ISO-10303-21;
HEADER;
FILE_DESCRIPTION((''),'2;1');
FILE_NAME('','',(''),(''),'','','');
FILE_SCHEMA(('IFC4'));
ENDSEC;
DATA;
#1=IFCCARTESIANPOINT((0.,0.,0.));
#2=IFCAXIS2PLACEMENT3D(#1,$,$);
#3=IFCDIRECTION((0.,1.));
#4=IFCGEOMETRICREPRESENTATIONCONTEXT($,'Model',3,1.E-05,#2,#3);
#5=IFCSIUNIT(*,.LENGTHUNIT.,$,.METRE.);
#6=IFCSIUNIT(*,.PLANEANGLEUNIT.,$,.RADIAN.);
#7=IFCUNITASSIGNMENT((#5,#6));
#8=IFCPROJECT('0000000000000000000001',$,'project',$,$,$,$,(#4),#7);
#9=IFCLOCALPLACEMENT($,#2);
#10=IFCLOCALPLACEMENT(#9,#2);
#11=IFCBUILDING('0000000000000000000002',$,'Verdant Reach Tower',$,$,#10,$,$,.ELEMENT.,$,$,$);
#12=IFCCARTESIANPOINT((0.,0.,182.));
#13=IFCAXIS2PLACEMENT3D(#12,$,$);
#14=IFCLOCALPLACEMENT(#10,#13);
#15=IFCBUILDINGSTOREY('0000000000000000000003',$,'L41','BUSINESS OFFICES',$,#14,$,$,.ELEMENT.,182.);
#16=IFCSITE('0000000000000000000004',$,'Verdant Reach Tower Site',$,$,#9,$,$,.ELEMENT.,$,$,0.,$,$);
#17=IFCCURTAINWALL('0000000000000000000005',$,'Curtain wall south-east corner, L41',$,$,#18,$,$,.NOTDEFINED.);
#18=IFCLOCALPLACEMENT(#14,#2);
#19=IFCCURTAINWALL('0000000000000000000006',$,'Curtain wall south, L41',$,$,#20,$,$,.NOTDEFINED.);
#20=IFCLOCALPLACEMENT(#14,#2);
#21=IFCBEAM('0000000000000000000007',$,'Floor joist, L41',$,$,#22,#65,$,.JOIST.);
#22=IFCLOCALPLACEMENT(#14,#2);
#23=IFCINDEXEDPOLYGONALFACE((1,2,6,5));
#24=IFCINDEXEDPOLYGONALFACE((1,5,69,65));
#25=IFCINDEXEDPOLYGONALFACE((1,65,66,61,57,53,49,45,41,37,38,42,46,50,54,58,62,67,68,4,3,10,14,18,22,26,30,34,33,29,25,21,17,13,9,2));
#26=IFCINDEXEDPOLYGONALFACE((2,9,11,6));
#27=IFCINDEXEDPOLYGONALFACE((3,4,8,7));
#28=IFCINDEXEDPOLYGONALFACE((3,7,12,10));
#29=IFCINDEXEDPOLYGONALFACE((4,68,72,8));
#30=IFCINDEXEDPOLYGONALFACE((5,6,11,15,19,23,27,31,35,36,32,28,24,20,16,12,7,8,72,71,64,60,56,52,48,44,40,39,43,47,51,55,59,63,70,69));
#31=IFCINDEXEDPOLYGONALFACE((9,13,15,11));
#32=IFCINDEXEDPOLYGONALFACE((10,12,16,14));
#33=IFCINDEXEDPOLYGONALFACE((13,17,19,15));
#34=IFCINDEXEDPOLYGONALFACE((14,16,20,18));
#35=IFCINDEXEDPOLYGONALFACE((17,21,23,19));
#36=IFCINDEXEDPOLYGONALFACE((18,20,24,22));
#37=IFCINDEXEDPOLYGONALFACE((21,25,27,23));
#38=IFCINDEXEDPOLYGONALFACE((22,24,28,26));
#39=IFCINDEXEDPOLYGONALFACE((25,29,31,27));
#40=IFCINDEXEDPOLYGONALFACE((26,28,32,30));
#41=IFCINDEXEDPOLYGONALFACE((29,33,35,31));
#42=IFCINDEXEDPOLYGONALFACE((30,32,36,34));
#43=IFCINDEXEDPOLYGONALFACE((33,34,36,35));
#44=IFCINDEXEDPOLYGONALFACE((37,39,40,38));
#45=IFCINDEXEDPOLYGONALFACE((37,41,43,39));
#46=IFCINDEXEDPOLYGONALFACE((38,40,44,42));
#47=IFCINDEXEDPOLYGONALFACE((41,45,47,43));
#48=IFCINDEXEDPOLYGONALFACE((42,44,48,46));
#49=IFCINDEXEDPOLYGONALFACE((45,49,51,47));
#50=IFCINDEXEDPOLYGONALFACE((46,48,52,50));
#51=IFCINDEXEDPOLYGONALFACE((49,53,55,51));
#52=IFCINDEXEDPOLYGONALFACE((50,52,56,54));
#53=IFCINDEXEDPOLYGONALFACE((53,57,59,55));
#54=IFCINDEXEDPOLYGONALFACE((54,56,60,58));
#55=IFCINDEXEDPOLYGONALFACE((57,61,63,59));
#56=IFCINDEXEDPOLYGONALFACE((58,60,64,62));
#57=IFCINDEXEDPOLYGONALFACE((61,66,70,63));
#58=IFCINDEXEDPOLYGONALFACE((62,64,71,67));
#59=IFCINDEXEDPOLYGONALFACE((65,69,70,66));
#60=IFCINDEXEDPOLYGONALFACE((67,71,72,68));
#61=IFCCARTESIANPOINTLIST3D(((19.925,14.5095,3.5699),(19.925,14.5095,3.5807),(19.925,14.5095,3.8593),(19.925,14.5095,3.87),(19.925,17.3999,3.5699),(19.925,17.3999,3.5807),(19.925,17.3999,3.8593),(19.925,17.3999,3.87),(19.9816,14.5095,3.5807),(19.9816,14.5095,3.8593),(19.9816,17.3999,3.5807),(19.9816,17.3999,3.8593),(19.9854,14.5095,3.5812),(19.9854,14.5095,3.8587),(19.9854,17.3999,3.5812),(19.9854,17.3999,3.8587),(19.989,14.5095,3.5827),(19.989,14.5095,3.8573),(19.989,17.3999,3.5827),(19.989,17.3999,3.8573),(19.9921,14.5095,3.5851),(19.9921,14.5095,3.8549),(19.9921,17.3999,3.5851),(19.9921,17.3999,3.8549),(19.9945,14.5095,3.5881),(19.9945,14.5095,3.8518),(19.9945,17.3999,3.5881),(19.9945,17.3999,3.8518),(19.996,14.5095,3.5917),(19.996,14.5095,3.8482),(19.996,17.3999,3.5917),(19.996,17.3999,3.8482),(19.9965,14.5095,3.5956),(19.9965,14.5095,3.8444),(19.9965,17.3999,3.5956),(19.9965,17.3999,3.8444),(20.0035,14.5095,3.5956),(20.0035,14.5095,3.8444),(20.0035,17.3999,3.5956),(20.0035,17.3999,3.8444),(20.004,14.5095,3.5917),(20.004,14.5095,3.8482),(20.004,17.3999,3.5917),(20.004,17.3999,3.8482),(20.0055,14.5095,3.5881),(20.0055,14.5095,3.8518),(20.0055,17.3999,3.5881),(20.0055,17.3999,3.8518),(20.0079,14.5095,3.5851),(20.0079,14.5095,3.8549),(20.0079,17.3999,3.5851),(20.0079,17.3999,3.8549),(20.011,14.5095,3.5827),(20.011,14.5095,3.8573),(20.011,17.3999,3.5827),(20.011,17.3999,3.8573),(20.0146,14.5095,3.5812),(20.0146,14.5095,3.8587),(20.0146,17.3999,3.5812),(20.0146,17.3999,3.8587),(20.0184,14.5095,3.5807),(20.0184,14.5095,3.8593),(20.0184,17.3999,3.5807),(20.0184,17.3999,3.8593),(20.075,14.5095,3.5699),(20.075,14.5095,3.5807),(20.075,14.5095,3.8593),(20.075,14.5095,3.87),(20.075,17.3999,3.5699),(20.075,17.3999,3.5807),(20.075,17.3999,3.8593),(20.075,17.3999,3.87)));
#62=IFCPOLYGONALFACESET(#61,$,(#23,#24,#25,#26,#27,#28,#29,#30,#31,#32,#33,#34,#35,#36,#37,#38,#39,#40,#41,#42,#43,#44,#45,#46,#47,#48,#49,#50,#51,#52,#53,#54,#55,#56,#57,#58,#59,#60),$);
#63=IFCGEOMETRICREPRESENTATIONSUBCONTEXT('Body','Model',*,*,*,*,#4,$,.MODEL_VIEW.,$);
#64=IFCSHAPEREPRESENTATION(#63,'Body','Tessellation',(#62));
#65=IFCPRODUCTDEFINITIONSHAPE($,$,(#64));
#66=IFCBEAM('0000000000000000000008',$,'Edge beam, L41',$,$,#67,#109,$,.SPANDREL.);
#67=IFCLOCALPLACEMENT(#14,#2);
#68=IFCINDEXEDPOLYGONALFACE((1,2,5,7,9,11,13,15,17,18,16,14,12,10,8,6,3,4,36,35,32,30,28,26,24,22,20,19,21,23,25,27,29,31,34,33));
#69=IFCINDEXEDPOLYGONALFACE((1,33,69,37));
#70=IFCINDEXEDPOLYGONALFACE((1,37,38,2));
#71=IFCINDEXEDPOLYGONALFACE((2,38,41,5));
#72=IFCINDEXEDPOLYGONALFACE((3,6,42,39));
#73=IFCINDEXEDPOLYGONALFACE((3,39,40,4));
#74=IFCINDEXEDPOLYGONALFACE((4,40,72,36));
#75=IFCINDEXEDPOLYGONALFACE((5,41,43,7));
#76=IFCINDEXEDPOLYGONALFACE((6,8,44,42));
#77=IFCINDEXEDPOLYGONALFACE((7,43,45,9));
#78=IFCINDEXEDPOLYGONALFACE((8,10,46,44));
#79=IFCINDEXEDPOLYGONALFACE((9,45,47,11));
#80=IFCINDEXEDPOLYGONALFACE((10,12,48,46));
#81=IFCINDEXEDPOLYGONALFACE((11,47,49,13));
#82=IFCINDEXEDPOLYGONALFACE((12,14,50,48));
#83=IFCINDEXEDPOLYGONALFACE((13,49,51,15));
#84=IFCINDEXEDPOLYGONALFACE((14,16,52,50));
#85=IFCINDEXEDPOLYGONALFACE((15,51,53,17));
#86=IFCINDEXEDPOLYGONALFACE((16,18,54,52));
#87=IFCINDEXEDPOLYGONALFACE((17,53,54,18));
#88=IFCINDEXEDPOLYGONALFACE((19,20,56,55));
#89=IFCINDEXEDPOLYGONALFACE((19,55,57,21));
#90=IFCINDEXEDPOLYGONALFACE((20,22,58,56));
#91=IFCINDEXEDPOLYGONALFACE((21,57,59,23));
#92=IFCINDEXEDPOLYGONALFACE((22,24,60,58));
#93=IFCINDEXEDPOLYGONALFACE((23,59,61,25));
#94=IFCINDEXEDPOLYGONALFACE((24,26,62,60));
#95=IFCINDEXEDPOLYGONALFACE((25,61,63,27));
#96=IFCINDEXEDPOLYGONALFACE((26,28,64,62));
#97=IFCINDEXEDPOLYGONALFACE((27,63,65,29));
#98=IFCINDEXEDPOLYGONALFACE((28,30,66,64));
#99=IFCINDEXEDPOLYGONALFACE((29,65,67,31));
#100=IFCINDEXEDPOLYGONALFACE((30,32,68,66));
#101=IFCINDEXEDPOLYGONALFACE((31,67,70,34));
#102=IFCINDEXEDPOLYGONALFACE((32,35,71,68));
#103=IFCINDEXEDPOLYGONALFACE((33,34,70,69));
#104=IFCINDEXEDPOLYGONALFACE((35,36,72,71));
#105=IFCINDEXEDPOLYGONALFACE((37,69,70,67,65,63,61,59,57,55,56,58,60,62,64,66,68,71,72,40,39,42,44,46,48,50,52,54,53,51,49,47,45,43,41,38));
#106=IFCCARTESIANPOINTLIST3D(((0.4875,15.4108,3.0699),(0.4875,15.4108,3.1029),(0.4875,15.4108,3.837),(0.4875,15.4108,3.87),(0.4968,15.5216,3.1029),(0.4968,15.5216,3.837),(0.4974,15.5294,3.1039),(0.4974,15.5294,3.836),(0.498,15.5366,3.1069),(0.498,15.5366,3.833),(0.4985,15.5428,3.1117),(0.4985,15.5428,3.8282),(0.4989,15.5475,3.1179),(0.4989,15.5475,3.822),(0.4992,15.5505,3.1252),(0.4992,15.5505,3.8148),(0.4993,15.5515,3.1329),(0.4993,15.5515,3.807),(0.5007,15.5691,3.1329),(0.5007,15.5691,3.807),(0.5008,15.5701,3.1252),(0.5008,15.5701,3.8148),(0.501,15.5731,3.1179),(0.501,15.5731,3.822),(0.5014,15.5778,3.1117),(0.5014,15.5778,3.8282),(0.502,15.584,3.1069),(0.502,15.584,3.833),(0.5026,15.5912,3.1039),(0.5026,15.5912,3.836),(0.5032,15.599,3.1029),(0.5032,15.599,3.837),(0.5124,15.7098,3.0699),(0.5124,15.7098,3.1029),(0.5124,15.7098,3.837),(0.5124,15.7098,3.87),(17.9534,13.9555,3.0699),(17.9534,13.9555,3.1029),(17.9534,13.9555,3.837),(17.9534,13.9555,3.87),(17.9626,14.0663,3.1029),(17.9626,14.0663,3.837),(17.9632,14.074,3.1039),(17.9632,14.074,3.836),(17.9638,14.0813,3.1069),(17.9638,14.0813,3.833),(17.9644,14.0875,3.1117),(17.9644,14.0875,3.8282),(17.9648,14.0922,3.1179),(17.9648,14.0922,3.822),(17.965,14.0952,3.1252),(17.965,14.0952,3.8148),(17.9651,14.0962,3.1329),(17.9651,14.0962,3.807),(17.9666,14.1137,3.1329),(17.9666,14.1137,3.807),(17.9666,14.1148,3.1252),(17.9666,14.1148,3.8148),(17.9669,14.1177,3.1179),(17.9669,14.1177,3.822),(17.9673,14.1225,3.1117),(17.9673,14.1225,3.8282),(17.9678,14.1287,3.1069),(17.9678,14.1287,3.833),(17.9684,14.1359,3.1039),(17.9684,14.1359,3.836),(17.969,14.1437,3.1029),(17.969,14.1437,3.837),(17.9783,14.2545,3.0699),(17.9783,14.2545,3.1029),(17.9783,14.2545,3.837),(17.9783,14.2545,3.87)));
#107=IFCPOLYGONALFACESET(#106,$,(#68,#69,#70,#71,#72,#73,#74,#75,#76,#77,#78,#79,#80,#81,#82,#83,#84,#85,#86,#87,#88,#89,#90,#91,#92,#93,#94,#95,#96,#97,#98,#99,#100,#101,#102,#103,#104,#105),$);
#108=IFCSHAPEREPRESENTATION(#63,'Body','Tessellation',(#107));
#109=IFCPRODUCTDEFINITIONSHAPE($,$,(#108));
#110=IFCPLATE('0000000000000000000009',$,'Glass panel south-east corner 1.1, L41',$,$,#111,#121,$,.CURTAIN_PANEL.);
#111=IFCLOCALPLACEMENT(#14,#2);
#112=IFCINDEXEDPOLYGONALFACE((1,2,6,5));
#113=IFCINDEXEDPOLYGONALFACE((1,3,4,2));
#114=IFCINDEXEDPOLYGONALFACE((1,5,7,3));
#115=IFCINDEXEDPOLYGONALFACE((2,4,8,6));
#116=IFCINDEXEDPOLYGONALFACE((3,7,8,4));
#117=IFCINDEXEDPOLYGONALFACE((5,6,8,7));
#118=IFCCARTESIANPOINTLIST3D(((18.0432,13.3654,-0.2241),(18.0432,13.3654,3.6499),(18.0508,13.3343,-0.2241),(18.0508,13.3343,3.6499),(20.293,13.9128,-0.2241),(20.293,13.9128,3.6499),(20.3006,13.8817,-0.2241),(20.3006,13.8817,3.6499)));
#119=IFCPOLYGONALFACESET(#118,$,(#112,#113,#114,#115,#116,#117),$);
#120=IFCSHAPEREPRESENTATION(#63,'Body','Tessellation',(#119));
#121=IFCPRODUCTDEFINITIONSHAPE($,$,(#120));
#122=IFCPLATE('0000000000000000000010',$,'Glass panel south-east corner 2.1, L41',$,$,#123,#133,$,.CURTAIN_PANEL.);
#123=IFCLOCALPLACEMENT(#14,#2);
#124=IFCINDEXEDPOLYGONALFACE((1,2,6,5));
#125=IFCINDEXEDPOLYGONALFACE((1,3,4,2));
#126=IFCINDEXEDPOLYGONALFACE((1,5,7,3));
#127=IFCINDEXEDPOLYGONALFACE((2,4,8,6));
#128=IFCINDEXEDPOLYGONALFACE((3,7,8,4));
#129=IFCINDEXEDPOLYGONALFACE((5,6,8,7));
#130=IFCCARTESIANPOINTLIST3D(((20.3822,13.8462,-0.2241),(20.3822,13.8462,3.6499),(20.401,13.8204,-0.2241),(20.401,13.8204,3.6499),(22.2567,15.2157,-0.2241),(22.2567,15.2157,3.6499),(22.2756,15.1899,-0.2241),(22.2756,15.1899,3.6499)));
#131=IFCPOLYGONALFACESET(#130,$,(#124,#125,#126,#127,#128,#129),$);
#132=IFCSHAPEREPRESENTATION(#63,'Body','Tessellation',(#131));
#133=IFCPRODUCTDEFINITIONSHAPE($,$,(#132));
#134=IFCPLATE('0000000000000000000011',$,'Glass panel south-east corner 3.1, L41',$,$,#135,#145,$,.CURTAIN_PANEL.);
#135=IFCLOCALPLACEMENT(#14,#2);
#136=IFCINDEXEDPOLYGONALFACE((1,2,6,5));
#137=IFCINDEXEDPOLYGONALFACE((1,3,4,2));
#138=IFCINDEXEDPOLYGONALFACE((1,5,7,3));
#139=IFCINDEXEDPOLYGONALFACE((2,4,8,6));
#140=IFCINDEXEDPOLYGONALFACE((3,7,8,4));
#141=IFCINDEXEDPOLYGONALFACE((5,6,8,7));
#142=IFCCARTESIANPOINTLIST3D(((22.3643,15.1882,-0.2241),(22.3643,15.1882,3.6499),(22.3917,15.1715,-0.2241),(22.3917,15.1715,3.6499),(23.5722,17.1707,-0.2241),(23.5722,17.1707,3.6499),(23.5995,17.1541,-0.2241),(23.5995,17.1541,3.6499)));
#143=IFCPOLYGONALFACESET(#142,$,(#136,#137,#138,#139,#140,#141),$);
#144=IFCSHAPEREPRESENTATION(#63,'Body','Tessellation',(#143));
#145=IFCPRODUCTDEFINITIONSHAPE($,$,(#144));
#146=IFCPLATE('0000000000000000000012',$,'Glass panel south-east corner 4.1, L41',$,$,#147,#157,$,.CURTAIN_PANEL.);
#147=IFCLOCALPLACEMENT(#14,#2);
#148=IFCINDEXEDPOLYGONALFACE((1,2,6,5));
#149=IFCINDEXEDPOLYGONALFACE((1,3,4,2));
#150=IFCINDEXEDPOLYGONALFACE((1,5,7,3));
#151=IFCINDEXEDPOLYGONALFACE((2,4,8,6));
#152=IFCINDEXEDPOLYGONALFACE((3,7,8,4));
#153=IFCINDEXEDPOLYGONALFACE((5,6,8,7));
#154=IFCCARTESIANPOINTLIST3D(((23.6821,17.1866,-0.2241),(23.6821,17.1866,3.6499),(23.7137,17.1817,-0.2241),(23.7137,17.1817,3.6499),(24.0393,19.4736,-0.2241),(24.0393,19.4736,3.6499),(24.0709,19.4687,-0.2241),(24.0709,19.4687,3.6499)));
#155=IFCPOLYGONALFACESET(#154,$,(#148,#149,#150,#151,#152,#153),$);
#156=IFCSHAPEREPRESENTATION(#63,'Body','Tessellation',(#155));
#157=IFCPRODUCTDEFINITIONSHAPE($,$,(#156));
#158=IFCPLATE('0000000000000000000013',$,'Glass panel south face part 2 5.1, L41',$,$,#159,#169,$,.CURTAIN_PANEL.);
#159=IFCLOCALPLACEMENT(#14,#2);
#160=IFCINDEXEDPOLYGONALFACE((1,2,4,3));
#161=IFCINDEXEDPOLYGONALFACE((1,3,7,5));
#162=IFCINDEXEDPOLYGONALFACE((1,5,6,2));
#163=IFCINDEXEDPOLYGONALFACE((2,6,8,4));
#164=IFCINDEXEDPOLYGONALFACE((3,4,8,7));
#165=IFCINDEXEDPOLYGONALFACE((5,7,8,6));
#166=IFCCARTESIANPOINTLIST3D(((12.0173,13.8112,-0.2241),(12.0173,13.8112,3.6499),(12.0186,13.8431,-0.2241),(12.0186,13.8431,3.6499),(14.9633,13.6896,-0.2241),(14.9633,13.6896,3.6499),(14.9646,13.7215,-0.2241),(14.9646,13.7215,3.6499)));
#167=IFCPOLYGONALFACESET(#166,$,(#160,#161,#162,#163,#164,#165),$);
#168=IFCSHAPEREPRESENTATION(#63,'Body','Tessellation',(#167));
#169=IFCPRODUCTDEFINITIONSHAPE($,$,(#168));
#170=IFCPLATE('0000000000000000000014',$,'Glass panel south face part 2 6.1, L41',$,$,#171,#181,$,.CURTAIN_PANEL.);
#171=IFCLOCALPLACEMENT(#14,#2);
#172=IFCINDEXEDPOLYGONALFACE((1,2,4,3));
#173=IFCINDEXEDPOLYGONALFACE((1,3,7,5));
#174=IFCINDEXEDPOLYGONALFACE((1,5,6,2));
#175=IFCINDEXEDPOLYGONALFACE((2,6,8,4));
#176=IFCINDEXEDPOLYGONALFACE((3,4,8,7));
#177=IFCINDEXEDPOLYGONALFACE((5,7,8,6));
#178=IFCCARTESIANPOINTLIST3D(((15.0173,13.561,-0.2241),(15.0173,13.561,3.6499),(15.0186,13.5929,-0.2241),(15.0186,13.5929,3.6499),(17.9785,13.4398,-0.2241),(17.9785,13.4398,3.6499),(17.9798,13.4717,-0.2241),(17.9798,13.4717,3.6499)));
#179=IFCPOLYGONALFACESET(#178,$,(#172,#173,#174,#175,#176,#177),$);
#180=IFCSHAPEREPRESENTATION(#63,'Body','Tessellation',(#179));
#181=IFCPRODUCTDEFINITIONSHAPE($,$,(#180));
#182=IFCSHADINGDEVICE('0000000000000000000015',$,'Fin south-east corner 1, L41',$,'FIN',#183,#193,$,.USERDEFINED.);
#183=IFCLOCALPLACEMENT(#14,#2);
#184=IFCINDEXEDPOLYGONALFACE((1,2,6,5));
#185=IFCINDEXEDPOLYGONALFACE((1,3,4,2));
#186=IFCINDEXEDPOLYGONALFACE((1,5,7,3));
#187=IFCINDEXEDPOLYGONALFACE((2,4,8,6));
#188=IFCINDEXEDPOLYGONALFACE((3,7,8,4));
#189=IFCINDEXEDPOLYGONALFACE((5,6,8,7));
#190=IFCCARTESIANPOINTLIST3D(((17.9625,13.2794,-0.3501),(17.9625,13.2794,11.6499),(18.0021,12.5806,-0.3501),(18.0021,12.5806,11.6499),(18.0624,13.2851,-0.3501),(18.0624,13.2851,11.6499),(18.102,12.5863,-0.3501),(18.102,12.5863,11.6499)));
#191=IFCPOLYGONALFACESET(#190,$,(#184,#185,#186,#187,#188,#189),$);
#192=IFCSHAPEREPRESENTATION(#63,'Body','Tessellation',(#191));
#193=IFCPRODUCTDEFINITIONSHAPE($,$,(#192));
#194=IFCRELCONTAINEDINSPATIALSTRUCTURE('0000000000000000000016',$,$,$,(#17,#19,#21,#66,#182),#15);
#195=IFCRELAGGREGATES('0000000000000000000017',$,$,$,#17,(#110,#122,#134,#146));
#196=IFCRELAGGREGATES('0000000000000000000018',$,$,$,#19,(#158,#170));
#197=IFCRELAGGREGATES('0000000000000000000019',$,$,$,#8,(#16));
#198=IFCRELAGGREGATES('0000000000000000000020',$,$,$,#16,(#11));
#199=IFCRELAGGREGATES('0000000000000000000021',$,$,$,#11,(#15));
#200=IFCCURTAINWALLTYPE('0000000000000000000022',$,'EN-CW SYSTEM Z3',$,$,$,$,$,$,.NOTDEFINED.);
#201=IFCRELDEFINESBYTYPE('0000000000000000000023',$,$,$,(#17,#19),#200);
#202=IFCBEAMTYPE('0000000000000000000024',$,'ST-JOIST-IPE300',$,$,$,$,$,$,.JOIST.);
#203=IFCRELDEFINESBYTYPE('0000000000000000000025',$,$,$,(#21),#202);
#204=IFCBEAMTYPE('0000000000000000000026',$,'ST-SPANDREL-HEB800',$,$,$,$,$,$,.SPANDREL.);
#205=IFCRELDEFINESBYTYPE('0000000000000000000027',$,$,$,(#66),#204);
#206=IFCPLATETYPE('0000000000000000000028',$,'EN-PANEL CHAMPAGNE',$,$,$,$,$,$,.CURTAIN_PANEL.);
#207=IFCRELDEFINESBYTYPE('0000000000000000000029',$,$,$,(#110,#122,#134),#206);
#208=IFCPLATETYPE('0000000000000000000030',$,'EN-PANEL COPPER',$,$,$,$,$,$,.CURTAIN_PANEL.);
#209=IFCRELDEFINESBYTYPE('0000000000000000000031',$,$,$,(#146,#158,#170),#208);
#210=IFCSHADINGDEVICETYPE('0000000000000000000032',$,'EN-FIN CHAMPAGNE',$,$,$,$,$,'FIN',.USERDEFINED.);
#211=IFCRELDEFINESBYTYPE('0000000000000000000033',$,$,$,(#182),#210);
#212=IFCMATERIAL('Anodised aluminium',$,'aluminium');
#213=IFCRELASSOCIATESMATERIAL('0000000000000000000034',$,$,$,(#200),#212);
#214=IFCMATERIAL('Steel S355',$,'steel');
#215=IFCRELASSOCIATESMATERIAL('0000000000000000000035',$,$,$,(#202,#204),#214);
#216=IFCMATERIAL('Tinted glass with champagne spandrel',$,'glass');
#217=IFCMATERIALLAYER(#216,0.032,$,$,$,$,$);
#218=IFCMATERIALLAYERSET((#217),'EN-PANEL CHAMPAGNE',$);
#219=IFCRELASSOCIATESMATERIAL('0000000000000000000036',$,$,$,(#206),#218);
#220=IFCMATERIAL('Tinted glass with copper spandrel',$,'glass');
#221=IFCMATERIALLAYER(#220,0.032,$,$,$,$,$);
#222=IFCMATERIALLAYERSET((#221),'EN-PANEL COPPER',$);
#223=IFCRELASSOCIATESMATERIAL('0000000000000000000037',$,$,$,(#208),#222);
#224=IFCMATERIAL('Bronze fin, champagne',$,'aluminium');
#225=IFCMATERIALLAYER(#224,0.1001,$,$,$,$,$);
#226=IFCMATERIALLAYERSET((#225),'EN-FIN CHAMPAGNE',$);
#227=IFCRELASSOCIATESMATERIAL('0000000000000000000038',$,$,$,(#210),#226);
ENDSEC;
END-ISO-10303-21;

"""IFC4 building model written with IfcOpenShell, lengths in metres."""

from ifc_helpers import new_model, si_unit, direction, frame, origin, origin_2d, place, context, subcontext, project, spatial, rectangle, i_section, extrude, material, layer, layer_set, material_profile, profile_set, type_object, element, aggregate, save


model = new_model("IFC4")

# Units and contexts
model_context = context("Model", 3, precision=1e-05, world=origin(), true_north=direction((0.0, 1.0)))
body_context = subcontext(model_context, "Body", "Model", "MODEL_VIEW")
ifc_project = project(units=[si_unit("LENGTHUNIT", "METRE"), si_unit("PLANEANGLEUNIT", "RADIAN")], contexts=[model_context])

# Site, building, storey
site_placement = place(None, origin())
site = spatial("IfcSite", under=ifc_project, at=site_placement, Name="Verdant Reach Tower Site", CompositionType="ELEMENT", RefElevation=0.0)
building_placement = place(site_placement, origin())
building = spatial("IfcBuilding", under=site, at=building_placement, Name="Verdant Reach Tower", CompositionType="ELEMENT")
storey_placement = place(building_placement, frame((0.0, 0.0, 182.0)))
storey = spatial("IfcBuildingStorey", under=building, at=storey_placement, Name="L41", Description="BUSINESS OFFICES", CompositionType="ELEMENT", Elevation=182.0)

# Curtain walls
ifc_material_1 = material(Name="Anodised aluminium", Category="aluminium")
curtain_wall_type = type_object("IfcCurtainWallType", Name="EN-CW SYSTEM Z3", PredefinedType="NOTDEFINED", material=ifc_material_1)
curtain_wall_1_placement = place(storey_placement, origin())
curtain_wall_1 = element("IfcCurtainWall", 1, at=curtain_wall_1_placement, inside=storey, type_object=curtain_wall_type, Name="Curtain wall south-east corner, L41", PredefinedType="NOTDEFINED")
curtain_wall_2_placement = place(storey_placement, origin())
curtain_wall_2 = element("IfcCurtainWall", 2, at=curtain_wall_2_placement, inside=storey, type_object=curtain_wall_type, Name="Curtain wall south, L41", PredefinedType="NOTDEFINED")

# Beams
ifc_material_2 = material(Name="Steel S355", Category="steel")
ifc_material_profile_1 = material_profile(ifc_material_2, i_section(OverallWidth=0.1499, OverallDepth=0.3, WebThickness=0.0071, FlangeThickness=0.0107, FilletRadius=0.0149, at=origin_2d()), Name="IPE 300")
ifc_profile_set_1 = profile_set([ifc_material_profile_1], Name="Steel S355")
beam_type_1 = type_object("IfcBeamType", Name="ST-JOIST-IPE300", PredefinedType="JOIST", material=ifc_profile_set_1)
beam_1_placement = place(storey_placement, frame((20.0, 17.3999, 3.72), z_axis=(0.0, -1.0, 0.0), x_axis=(1.0, 0.0, 0.0)))
element("IfcBeam", 3, at=beam_1_placement, inside=storey, type_object=beam_type_1, Name="Floor joist, L41", PredefinedType="JOIST", context=body_context, shape_type="SweptSolid", body=[
    extrude(i_section(OverallWidth=0.1499, OverallDepth=0.3, WebThickness=0.0071, FlangeThickness=0.0107, FilletRadius=0.0149, at=origin_2d()), origin(), (0.0, 0.0, 1.0), 2.8904),
])
ifc_material_profile_2 = material_profile(ifc_material_2, i_section(OverallWidth=0.3, OverallDepth=0.8, WebThickness=0.0176, FlangeThickness=0.033, FilletRadius=0.03, at=origin_2d()), Name="HEB 800")
ifc_profile_set_2 = profile_set([ifc_material_profile_2], Name="Steel S355")
beam_type_2 = type_object("IfcBeamType", Name="ST-SPANDREL-HEB800", PredefinedType="SPANDREL", material=ifc_profile_set_2)
beam_2_placement = place(storey_placement, frame((17.9658, 14.105, 3.47), z_axis=(-0.996547, 0.083036, 0.0), x_axis=(-0.083036, -0.996547, 0.0)))
element("IfcBeam", 4, at=beam_2_placement, inside=storey, type_object=beam_type_2, Name="Edge beam, L41", PredefinedType="SPANDREL", context=body_context, shape_type="SweptSolid", body=[
    extrude(i_section(OverallWidth=0.3, OverallDepth=0.8, WebThickness=0.0176, FlangeThickness=0.033, FilletRadius=0.03, at=origin_2d()), origin(), (0.0, 0.0, 1.0), 17.5264),
])

# Plates
ifc_material_3 = material(Name="Tinted glass with champagne spandrel", Category="glass")
ifc_layer_1 = layer(ifc_material_3, 0.032)
ifc_layer_set_1 = layer_set([ifc_layer_1], Name="EN-PANEL CHAMPAGNE")
plate_type_1 = type_object("IfcPlateType", Name="EN-PANEL CHAMPAGNE", PredefinedType="CURTAIN_PANEL", material=ifc_layer_set_1)
plate_1_placement = place(storey_placement, frame((19.1719, 13.6235, -0.2241), z_axis=(0.0, 0.0, 1.0), x_axis=(0.971655, 0.236403, 0.0)))
plate_1 = element("IfcPlate", 5, at=plate_1_placement, type_object=plate_type_1, Name="Glass panel south-east corner 1.1, L41", PredefinedType="CURTAIN_PANEL", context=body_context, shape_type="SweptSolid", body=[
    extrude(rectangle(XDim=2.3154, YDim=0.032, at=origin_2d()), origin(), (0.0, 0.0, 1.0), 3.874),
])
plate_2_placement = place(storey_placement, frame((21.3289, 14.5181, -0.2241), z_axis=(0.0, 0.0, 1.0), x_axis=(0.807457, 0.589927, 0.0)))
plate_2 = element("IfcPlate", 6, at=plate_2_placement, type_object=plate_type_1, Name="Glass panel south-east corner 2.1, L41", PredefinedType="CURTAIN_PANEL", context=body_context, shape_type="SweptSolid", body=[
    extrude(rectangle(XDim=2.3215, YDim=0.032, at=origin_2d()), origin(), (0.0, 0.0, 1.0), 3.874),
])
plate_3_placement = place(storey_placement, frame((22.9819, 16.1711, -0.2241), z_axis=(0.0, 0.0, 1.0), x_axis=(0.520292, 0.853989, 0.0)))
plate_3 = element("IfcPlate", 7, at=plate_3_placement, type_object=plate_type_1, Name="Glass panel south-east corner 3.1, L41", PredefinedType="CURTAIN_PANEL", context=body_context, shape_type="SweptSolid", body=[
    extrude(rectangle(XDim=2.3215, YDim=0.032, at=origin_2d()), origin(), (0.0, 0.0, 1.0), 3.874),
])
ifc_material_4 = material(Name="Tinted glass with copper spandrel", Category="glass")
ifc_layer_2 = layer(ifc_material_4, 0.032)
ifc_layer_set_2 = layer_set([ifc_layer_2], Name="EN-PANEL COPPER")
plate_type_2 = type_object("IfcPlateType", Name="EN-PANEL COPPER", PredefinedType="CURTAIN_PANEL", material=ifc_layer_set_2)
plate_4_placement = place(storey_placement, frame((23.8765, 18.3276, -0.2241), z_axis=(0.0, 0.0, 1.0), x_axis=(0.154312, 0.988022, 0.0)))
plate_4 = element("IfcPlate", 8, at=plate_4_placement, type_object=plate_type_2, Name="Glass panel south-east corner 4.1, L41", PredefinedType="CURTAIN_PANEL", context=body_context, shape_type="SweptSolid", body=[
    extrude(rectangle(XDim=2.3147, YDim=0.032, at=origin_2d()), origin(), (0.0, 0.0, 1.0), 3.874),
])
aggregate(curtain_wall_1, [plate_1, plate_2, plate_3, plate_4])
plate_5_placement = place(storey_placement, frame((13.491, 13.7664, -0.2241), z_axis=(0.0, 0.0, 1.0), x_axis=(0.999149, -0.041242, 0.0)))
plate_5 = element("IfcPlate", 9, at=plate_5_placement, type_object=plate_type_2, Name="Glass panel south face part 2 5.1, L41", PredefinedType="CURTAIN_PANEL", context=body_context, shape_type="SweptSolid", body=[
    extrude(rectangle(XDim=2.9485, YDim=0.032, at=origin_2d()), origin(), (0.0, 0.0, 1.0), 3.874),
])
plate_6_placement = place(storey_placement, frame((16.4985, 13.5164, -0.2241), z_axis=(0.0, 0.0, 1.0), x_axis=(0.999164, -0.040891, 0.0)))
plate_6 = element("IfcPlate", 10, at=plate_6_placement, type_object=plate_type_2, Name="Glass panel south face part 2 6.1, L41", PredefinedType="CURTAIN_PANEL", context=body_context, shape_type="SweptSolid", body=[
    extrude(rectangle(XDim=2.9636, YDim=0.032, at=origin_2d()), origin(), (0.0, 0.0, 1.0), 3.874),
])
aggregate(curtain_wall_2, [plate_5, plate_6])

# Shading device
ifc_material_5 = material(Name="Bronze fin, champagne", Category="aluminium")
ifc_layer_3 = layer(ifc_material_5, 0.1001)
ifc_layer_set_3 = layer_set([ifc_layer_3], Name="EN-FIN CHAMPAGNE")
shading_device_type = type_object("IfcShadingDeviceType", Name="EN-FIN CHAMPAGNE", ElementType="FIN", PredefinedType="USERDEFINED", material=ifc_layer_set_3)
for number, where, z_axis, x_axis, name in (
    (11, (18.0322, 12.9329, -0.3501), (0.0, 0.0, 1.0), (0.998399, 0.056569, 0.0), "Fin south-east corner 1, L41"),
):
    element("IfcShadingDevice", number, at=place(storey_placement, frame(where, z_axis=z_axis, x_axis=x_axis)), inside=storey, type_object=shading_device_type, Name=name, ObjectType="FIN", PredefinedType="USERDEFINED", context=body_context, shape_type="SweptSolid", body=[
        extrude(rectangle(XDim=0.1001, YDim=0.7, at=origin_2d()), origin(), (0.0, 0.0, 1.0), 12.0),
    ])

save(model, "model.ifc")
